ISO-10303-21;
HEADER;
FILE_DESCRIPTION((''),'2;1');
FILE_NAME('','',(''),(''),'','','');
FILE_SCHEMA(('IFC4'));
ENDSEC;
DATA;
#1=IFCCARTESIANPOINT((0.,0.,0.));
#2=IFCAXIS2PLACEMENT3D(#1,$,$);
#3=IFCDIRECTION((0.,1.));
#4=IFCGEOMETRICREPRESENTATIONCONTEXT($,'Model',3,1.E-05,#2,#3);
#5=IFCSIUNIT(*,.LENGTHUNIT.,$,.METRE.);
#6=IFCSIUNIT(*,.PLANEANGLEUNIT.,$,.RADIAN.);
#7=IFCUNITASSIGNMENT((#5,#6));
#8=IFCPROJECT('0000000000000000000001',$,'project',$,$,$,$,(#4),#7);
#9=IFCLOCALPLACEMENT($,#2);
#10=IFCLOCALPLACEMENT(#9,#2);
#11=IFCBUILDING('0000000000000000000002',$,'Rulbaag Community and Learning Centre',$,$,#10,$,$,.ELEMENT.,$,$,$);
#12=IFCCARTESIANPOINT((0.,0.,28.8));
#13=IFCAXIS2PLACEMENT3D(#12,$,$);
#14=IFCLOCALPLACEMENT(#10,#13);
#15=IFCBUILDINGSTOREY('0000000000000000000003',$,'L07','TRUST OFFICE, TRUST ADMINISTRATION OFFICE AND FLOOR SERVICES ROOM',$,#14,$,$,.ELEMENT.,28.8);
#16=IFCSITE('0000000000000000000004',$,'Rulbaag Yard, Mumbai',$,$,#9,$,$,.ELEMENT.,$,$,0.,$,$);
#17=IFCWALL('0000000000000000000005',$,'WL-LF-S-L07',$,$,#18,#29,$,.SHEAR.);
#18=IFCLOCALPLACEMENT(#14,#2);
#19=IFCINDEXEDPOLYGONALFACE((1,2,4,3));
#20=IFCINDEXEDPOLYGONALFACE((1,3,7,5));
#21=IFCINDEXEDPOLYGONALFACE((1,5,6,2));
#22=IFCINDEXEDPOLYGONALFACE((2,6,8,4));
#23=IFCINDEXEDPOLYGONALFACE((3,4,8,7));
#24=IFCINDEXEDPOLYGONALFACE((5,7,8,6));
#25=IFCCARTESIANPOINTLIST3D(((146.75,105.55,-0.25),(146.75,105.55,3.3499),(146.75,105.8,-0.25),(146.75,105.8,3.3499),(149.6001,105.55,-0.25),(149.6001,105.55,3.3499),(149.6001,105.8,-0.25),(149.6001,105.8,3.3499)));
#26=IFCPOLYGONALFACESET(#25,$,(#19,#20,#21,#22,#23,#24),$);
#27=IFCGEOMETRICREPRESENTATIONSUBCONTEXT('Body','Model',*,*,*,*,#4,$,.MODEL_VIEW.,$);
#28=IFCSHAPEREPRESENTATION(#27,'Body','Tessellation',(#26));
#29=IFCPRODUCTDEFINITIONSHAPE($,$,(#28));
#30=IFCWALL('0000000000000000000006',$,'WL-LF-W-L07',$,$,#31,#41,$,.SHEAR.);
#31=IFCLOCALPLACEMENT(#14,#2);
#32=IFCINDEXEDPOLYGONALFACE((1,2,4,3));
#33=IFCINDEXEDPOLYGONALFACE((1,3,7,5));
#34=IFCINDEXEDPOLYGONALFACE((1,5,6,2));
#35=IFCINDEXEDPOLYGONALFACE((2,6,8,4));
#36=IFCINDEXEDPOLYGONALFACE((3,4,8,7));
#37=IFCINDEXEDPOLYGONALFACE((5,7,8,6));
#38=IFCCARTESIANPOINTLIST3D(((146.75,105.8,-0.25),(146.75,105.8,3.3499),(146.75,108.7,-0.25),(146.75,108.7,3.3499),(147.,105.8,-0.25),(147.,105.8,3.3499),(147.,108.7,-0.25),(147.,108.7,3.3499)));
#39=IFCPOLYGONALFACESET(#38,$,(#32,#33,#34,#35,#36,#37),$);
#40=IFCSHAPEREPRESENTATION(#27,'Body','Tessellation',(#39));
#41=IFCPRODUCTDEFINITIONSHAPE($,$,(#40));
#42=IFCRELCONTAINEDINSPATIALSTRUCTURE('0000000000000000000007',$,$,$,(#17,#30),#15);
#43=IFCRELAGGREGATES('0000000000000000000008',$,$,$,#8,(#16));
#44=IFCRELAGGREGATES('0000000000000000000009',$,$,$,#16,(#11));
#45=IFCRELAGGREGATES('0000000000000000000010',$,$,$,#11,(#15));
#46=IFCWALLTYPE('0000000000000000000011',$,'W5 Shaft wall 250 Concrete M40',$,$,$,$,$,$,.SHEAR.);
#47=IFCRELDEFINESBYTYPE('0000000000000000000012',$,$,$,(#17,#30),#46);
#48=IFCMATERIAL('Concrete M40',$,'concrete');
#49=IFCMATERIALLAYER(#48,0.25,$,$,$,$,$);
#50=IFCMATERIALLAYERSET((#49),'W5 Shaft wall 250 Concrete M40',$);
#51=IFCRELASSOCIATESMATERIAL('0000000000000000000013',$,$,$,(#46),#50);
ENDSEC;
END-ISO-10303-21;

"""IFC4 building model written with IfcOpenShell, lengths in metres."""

from ifc_helpers import new_model, si_unit, direction, frame, frame_2d, origin, place, context, subcontext, project, spatial, rectangle, extrude, material, layer, layer_set, type_object, element, save


model = new_model("IFC4")

# Units and contexts
model_context = context("Model", 3, precision=1e-05, world=origin(), true_north=direction((0.0, 1.0)))
body_context = subcontext(model_context, "Body", "Model", "MODEL_VIEW")
ifc_project = project(units=[si_unit("LENGTHUNIT", "METRE"), si_unit("PLANEANGLEUNIT", "RADIAN")], contexts=[model_context])

# Site, building, storey
site_placement = place(None, origin())
site = spatial("IfcSite", under=ifc_project, at=site_placement, Name="Rulbaag Yard, Mumbai", CompositionType="ELEMENT", RefElevation=0.0)
building_placement = place(site_placement, origin())
building = spatial("IfcBuilding", under=site, at=building_placement, Name="Rulbaag Community and Learning Centre", CompositionType="ELEMENT")
storey_placement = place(building_placement, frame((0.0, 0.0, 28.8)))
storey = spatial("IfcBuildingStorey", under=building, at=storey_placement, Name="L07", Description="TRUST OFFICE, TRUST ADMINISTRATION OFFICE AND FLOOR SERVICES ROOM", CompositionType="ELEMENT", Elevation=28.8)

# Shared definitions
ifc_material_1 = material(Name="Concrete M40", Category="concrete")

# Walls
ifc_layer_1 = layer(ifc_material_1, 0.25)
ifc_layer_set_1 = layer_set([ifc_layer_1], Name="W5 Shaft wall 250 Concrete M40")
wall_type_1 = type_object("IfcWallType", Name="W5 Shaft wall 250 Concrete M40", PredefinedType="SHEAR", material=ifc_layer_set_1)
wall_1_placement = place(storey_placement, frame((146.75, 105.675, -0.25), z_axis=(0.0, 0.0, 1.0), x_axis=(1.0, 0.0, 0.0)))
element("IfcWall", 1, at=wall_1_placement, inside=storey, type_object=wall_type_1, Name="WL-LF-S-L07", PredefinedType="SHEAR", context=body_context, shape_type="SweptSolid", body=[
    extrude(rectangle(XDim=2.8501, YDim=0.25, at=frame_2d((1.425, 0.0))), origin(), (0.0, 0.0, 1.0), 3.5999),
])
wall_2_placement = place(storey_placement, frame((146.875, 105.8, -0.25), z_axis=(0.0, 0.0, 1.0), x_axis=(0.0, 1.0, 0.0)))
element("IfcWall", 2, at=wall_2_placement, inside=storey, type_object=wall_type_1, Name="WL-LF-W-L07", PredefinedType="SHEAR", context=body_context, shape_type="SweptSolid", body=[
    extrude(rectangle(XDim=2.8999, YDim=0.25, at=frame_2d((1.45, 0.0))), origin(), (0.0, 0.0, 1.0), 3.5999),
])

save(model, "model.ifc")
